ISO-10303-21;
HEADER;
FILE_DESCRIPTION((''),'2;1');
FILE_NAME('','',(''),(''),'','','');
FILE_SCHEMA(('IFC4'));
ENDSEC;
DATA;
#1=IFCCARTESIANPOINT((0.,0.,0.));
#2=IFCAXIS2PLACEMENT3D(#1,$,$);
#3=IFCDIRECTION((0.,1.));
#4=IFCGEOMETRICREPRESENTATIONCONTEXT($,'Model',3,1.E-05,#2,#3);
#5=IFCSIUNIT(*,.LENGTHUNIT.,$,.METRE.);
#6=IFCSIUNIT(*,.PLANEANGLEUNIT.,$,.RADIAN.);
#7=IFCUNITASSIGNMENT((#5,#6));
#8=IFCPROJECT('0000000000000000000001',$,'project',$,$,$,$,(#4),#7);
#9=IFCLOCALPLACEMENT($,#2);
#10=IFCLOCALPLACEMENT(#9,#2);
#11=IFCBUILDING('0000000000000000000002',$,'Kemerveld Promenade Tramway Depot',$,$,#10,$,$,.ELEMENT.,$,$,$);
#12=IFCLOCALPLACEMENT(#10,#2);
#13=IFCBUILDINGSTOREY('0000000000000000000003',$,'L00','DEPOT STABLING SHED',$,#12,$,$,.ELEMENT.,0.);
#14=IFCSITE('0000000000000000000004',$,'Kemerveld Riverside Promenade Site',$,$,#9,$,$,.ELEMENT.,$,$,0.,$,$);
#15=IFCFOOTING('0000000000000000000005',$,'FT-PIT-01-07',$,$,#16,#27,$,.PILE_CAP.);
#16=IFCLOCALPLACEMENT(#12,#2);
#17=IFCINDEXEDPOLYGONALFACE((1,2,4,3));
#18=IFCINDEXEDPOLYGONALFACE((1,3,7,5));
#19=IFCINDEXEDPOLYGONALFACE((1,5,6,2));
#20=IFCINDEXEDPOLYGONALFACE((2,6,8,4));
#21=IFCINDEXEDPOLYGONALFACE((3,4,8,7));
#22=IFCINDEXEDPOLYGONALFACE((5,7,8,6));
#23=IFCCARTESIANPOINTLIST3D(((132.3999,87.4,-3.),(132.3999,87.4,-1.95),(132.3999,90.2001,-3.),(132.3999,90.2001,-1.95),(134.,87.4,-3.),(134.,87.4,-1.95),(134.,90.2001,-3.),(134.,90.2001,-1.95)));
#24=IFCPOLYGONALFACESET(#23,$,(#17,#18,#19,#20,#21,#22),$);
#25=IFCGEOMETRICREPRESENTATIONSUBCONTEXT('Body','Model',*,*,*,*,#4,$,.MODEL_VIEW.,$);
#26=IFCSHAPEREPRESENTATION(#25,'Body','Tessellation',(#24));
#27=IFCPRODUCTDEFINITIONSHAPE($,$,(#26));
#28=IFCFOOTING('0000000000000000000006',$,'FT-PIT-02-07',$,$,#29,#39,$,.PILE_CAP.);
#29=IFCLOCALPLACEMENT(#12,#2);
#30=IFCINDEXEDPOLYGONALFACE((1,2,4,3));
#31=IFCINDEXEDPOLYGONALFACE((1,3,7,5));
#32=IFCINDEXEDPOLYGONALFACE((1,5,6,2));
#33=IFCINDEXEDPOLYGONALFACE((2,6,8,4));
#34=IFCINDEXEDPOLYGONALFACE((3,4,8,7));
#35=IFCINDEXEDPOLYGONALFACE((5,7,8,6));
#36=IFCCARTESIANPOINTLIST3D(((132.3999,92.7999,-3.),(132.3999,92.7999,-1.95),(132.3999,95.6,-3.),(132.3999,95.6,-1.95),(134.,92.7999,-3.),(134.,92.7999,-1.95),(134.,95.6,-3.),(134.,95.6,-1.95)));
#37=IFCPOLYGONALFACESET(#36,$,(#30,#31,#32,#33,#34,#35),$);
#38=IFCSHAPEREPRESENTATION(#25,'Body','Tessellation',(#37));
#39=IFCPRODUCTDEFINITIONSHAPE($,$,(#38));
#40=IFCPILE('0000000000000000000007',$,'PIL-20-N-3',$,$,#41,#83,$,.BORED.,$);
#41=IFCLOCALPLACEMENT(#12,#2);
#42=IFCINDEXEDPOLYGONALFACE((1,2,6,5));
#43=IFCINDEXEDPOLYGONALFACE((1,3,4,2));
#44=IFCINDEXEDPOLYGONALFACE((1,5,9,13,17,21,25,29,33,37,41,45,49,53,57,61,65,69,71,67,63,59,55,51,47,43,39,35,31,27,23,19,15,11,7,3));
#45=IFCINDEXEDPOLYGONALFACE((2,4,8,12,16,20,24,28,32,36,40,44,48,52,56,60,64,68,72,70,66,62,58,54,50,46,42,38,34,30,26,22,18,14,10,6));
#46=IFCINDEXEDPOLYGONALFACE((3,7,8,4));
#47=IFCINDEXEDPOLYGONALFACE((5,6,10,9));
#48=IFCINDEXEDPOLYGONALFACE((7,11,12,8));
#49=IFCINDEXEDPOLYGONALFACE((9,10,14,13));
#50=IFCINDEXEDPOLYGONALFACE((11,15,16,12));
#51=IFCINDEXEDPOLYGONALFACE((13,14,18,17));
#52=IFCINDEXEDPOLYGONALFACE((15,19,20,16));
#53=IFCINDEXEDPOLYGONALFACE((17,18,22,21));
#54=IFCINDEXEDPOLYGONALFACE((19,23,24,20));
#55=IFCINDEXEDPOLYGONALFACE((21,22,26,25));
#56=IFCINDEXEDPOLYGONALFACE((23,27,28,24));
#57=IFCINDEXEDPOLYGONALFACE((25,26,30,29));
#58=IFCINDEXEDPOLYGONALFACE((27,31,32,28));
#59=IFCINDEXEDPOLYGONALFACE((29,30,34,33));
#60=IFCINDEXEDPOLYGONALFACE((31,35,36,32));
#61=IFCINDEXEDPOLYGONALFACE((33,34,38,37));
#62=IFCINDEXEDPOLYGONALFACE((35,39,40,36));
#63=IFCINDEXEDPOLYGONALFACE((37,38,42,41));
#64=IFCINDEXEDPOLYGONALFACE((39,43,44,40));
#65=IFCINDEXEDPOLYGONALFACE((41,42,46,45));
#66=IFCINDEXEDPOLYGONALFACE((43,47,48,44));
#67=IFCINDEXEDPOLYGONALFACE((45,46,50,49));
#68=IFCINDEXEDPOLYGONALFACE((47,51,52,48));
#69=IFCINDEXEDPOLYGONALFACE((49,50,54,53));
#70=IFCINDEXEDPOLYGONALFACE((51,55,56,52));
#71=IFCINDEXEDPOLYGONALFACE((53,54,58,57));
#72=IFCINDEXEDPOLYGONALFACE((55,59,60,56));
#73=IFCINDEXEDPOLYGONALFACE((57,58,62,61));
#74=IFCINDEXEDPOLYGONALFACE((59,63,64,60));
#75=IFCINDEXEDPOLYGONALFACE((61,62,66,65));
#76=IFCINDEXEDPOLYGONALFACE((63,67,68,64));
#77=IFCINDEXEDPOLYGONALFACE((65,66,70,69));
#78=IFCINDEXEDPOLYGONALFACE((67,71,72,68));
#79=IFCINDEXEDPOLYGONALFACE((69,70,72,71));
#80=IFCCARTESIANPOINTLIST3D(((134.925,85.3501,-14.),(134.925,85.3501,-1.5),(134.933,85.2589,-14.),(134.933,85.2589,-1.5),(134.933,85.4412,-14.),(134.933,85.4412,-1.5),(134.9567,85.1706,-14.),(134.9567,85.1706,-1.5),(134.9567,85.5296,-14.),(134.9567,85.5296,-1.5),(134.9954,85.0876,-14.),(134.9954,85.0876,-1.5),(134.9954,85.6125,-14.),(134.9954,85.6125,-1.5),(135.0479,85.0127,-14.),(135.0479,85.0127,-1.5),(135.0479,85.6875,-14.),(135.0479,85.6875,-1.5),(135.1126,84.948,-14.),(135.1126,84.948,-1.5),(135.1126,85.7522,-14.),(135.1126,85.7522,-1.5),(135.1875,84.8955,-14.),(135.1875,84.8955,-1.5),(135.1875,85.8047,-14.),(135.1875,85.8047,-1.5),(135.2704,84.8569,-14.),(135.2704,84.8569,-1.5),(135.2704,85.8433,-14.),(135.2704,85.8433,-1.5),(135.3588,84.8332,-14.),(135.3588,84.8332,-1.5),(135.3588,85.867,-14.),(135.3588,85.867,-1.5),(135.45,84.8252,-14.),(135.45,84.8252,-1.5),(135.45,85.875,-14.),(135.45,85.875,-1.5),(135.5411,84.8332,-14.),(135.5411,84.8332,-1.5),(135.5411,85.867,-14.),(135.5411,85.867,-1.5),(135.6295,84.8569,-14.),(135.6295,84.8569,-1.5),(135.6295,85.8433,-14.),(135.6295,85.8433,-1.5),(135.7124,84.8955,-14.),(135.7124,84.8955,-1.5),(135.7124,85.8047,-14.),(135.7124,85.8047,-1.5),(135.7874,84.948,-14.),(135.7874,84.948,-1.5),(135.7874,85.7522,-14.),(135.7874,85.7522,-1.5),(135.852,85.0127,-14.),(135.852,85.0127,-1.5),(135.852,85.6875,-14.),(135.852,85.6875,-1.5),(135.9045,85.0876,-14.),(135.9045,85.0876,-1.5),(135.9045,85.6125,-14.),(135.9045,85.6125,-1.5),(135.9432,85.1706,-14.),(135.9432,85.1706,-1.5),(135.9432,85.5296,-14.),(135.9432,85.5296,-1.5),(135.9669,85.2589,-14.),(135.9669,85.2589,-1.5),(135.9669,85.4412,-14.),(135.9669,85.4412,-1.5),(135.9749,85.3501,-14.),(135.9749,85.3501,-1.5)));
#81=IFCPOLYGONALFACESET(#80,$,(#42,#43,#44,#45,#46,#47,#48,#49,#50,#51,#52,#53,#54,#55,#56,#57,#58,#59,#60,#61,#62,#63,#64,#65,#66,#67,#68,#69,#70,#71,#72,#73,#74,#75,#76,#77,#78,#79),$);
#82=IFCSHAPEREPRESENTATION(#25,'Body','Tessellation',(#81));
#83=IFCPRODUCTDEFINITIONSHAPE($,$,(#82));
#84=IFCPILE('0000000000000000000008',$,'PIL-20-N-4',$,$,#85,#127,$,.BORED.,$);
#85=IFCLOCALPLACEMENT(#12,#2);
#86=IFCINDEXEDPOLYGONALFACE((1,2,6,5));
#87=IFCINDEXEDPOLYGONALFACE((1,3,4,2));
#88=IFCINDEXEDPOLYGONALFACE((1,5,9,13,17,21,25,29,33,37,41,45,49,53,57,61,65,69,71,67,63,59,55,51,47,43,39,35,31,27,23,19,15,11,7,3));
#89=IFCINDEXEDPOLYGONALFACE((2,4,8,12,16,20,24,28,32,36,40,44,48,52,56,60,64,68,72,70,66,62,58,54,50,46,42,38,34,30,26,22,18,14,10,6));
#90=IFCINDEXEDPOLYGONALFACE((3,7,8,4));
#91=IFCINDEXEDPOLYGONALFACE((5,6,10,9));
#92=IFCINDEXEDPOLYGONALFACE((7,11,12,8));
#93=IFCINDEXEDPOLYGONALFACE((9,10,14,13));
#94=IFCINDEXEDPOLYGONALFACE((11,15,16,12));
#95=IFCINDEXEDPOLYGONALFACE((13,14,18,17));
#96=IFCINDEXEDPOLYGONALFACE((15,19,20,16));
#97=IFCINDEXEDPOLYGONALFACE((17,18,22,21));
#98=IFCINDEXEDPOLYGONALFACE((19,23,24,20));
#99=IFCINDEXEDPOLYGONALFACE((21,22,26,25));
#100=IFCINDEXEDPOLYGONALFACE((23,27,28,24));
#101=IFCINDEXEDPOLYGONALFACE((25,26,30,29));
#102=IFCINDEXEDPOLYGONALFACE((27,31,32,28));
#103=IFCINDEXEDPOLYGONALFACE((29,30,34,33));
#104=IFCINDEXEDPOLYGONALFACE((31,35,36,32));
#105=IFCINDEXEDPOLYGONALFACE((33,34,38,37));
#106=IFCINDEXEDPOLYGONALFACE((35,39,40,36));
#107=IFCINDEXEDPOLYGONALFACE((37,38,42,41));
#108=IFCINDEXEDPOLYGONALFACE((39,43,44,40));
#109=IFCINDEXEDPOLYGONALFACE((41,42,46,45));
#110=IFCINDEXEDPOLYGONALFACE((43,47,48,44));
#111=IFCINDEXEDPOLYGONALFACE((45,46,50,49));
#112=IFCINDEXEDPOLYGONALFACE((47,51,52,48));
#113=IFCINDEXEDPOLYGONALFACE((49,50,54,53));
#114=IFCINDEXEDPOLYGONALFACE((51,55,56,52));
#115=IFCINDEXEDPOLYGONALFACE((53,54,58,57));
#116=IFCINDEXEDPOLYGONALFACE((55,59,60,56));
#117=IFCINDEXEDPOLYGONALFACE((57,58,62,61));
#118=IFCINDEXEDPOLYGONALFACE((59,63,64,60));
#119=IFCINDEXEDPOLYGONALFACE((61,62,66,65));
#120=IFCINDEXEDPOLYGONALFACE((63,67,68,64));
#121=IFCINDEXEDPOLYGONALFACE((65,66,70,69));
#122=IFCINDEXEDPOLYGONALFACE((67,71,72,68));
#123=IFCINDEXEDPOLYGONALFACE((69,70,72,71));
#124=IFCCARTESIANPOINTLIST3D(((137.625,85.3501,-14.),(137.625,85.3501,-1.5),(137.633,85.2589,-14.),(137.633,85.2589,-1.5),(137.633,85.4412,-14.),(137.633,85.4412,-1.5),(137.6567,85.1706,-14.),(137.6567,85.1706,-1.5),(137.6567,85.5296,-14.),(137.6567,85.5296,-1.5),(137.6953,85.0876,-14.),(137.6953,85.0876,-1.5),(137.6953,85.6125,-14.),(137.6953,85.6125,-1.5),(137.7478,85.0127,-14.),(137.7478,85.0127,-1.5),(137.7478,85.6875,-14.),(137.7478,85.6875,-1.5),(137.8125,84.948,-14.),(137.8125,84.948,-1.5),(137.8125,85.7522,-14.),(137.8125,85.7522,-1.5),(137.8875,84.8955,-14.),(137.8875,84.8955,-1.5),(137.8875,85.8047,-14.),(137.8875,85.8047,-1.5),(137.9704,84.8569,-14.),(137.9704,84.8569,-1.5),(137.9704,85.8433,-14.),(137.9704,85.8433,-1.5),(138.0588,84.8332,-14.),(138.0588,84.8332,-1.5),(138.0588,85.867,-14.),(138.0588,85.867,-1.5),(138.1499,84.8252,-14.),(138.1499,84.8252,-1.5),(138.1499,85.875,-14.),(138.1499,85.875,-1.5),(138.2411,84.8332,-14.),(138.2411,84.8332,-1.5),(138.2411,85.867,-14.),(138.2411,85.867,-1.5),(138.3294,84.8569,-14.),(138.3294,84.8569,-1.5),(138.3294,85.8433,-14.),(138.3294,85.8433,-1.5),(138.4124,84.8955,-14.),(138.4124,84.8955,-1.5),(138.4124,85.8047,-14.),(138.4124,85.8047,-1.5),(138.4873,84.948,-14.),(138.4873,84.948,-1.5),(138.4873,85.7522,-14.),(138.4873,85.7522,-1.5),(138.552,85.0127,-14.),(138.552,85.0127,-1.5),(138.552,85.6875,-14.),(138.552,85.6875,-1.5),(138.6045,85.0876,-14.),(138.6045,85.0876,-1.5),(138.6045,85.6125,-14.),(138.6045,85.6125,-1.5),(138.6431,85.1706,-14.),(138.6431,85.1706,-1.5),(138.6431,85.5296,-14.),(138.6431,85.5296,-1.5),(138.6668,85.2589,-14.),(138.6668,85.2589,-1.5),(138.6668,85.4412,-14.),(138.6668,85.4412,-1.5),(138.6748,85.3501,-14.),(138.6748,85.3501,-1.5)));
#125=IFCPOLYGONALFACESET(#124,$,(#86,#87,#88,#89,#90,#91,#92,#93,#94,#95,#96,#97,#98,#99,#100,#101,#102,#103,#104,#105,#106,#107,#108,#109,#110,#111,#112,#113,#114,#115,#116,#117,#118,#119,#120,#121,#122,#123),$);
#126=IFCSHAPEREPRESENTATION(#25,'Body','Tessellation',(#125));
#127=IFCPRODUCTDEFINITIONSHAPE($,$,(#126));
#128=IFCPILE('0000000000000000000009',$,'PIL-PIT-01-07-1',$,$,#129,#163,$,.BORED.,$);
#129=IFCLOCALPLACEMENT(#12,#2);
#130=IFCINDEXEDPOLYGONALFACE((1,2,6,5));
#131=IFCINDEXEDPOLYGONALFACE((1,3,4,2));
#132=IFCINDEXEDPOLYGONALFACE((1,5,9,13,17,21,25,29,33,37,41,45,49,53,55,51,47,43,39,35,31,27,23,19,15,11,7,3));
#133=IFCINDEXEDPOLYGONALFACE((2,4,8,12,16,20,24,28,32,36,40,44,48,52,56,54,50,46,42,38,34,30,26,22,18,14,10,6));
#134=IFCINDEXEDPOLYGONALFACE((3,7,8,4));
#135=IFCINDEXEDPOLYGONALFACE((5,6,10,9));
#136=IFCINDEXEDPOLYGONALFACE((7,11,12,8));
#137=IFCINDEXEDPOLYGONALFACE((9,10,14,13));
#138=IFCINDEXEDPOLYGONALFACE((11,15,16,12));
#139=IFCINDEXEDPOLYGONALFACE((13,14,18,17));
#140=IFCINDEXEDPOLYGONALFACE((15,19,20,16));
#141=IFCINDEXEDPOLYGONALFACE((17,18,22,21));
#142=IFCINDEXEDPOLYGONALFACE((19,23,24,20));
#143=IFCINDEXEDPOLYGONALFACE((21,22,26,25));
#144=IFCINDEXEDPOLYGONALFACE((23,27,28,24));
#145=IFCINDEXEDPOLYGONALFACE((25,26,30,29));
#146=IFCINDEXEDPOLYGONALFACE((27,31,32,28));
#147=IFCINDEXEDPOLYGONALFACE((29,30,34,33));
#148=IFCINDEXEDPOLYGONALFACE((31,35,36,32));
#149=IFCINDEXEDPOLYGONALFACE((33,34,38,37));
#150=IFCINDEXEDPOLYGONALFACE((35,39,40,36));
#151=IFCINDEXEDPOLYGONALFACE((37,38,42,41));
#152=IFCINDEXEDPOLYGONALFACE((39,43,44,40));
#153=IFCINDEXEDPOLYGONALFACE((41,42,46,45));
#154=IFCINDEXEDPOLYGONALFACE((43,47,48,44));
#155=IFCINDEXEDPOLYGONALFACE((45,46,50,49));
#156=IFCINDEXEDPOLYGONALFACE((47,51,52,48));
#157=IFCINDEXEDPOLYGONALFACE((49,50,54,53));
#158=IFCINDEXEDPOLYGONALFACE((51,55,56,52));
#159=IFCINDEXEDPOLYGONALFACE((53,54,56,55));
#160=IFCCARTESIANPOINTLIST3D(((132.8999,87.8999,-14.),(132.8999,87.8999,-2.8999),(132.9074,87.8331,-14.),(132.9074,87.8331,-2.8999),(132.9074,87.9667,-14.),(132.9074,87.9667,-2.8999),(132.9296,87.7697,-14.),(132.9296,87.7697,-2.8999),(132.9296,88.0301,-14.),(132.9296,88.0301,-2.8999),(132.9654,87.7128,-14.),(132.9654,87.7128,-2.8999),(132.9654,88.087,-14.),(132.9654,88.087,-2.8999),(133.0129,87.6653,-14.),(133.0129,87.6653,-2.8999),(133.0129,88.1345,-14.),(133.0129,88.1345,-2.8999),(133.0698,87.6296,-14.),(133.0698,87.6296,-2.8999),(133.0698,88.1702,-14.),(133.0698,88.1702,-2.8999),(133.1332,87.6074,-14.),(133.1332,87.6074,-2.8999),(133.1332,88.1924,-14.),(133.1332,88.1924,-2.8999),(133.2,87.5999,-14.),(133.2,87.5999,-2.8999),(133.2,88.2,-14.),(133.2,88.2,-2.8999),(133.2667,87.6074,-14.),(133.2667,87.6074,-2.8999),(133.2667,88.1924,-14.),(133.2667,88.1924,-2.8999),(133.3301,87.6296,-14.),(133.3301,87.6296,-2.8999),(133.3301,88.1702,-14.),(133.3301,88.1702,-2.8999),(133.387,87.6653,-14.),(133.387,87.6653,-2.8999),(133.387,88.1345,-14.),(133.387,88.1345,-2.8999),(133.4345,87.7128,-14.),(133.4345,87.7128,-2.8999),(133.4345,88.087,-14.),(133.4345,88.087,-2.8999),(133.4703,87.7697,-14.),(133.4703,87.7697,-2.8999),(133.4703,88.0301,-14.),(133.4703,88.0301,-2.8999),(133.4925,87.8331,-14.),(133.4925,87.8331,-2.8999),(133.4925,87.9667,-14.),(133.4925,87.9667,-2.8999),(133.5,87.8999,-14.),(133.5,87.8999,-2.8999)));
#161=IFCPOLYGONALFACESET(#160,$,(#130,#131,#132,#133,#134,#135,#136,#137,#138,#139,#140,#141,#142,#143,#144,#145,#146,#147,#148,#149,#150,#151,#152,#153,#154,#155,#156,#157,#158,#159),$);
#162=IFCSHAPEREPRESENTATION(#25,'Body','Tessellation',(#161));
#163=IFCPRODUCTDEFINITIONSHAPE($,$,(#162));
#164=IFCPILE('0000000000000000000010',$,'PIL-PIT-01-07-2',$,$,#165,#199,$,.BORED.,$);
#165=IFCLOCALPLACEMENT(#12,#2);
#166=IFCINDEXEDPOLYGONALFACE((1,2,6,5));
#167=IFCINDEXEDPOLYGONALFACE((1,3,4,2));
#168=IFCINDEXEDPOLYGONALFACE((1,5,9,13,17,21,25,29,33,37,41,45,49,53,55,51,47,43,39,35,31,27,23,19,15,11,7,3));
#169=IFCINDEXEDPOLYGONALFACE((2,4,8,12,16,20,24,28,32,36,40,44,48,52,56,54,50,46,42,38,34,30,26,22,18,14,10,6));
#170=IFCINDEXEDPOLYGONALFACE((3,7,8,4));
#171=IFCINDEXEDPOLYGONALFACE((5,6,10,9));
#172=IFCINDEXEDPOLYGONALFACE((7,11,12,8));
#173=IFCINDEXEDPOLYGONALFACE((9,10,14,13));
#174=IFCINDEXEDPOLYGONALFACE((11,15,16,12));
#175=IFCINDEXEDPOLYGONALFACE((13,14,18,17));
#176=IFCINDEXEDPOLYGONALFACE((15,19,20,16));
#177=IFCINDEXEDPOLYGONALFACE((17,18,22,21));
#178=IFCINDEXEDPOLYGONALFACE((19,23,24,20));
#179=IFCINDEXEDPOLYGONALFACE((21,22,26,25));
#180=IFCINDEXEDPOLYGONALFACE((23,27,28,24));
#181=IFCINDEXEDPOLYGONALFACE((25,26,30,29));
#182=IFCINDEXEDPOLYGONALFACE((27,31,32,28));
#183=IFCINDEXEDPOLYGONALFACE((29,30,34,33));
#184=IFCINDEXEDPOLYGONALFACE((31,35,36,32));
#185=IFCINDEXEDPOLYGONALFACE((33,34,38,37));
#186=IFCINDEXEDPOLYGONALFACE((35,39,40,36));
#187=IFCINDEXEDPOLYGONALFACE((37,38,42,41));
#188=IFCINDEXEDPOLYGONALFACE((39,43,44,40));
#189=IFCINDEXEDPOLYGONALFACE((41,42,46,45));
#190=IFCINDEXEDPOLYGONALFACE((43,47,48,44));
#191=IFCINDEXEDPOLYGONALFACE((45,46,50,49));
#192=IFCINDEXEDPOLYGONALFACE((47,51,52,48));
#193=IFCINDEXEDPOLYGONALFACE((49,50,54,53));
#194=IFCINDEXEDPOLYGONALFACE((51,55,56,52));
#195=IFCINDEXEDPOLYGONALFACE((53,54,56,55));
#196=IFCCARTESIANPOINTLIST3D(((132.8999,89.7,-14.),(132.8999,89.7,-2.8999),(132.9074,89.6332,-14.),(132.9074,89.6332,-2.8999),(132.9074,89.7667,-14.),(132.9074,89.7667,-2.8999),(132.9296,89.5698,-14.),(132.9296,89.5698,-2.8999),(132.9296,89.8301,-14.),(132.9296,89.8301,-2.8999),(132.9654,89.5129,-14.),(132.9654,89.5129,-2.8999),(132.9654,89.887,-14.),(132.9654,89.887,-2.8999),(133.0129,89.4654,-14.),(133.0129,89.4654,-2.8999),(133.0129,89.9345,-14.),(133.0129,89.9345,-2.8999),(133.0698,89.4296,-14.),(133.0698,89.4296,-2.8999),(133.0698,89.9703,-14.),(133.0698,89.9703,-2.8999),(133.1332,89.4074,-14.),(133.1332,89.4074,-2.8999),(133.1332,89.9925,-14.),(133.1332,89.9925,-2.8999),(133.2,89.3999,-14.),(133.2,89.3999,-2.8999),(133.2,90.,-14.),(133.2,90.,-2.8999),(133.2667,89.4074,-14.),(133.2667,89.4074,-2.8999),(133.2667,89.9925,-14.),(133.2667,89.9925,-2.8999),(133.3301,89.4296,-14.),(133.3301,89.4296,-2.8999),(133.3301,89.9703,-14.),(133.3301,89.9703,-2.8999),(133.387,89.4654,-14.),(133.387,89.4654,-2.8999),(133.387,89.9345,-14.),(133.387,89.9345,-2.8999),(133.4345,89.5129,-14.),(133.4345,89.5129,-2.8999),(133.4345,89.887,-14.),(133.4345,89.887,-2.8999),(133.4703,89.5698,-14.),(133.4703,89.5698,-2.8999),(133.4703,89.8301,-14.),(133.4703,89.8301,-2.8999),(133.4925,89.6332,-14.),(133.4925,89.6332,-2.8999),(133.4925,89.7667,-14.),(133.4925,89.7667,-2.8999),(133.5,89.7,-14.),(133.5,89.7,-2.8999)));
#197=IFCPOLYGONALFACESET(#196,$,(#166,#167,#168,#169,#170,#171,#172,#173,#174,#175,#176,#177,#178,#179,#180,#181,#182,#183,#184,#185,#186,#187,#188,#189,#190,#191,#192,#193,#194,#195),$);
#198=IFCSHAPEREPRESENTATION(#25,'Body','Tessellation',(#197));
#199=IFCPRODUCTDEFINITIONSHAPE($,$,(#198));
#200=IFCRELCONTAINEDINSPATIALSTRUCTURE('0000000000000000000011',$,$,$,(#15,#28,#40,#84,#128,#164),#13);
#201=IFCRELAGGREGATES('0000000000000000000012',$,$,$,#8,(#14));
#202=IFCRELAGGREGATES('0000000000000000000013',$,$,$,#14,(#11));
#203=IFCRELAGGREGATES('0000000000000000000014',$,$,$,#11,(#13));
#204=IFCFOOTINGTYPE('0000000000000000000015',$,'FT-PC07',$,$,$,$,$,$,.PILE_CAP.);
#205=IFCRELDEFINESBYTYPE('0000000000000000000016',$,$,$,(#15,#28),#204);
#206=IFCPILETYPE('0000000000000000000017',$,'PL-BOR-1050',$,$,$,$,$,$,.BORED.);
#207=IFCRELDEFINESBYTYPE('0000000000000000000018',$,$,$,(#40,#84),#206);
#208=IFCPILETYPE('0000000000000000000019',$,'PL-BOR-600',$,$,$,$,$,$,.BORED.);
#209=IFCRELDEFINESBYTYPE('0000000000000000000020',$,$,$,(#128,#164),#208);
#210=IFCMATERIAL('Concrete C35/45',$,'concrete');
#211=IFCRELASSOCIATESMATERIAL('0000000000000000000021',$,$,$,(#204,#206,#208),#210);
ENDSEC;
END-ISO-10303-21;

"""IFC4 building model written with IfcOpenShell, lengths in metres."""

from ifc_helpers import new_model, si_unit, direction, frame, origin, origin_2d, place, context, subcontext, project, spatial, rectangle, circle, extrude, material, material_profile, profile_set, type_object, element, save


model = new_model("IFC4")

# Units and contexts
model_context = context("Model", 3, precision=1e-05, world=origin(), true_north=direction((0.0, 1.0)))
body_context = subcontext(model_context, "Body", "Model", "MODEL_VIEW")
ifc_project = project(units=[si_unit("LENGTHUNIT", "METRE"), si_unit("PLANEANGLEUNIT", "RADIAN")], contexts=[model_context])

# Site, building, storey
site_placement = place(None, origin())
site = spatial("IfcSite", under=ifc_project, at=site_placement, Name="Kemerveld Riverside Promenade Site", CompositionType="ELEMENT", RefElevation=0.0)
building_placement = place(site_placement, origin())
building = spatial("IfcBuilding", under=site, at=building_placement, Name="Kemerveld Promenade Tramway Depot", CompositionType="ELEMENT")
storey_placement = place(building_placement, origin())
storey = spatial("IfcBuildingStorey", under=building, at=storey_placement, Name="L00", Description="DEPOT STABLING SHED", CompositionType="ELEMENT", Elevation=0.0)

# Footings
ifc_material_1 = material(Name="Concrete C35/45", Category="concrete")
footing_type = type_object("IfcFootingType", Name="FT-PC07", PredefinedType="PILE_CAP", material=ifc_material_1)
for number, where, z_axis, x_axis, name in (
    (1, (133.2, 88.8, -3.0), (0.0, 0.0, 1.0), (1.0, 0.0, 0.0), "FT-PIT-01-07"),
    (2, (133.2, 94.2, -3.0), (0.0, 0.0, 1.0), (1.0, 0.0, 0.0), "FT-PIT-02-07"),
):
    element("IfcFooting", number, at=place(storey_placement, frame(where, z_axis=z_axis, x_axis=x_axis)), inside=storey, type_object=footing_type, Name=name, PredefinedType="PILE_CAP", context=body_context, shape_type="SweptSolid", body=[
        extrude(rectangle(XDim=1.6001, YDim=2.8, at=origin_2d()), origin(), (0.0, 0.0, 1.0), 1.05),
    ])

# Piles
ifc_material_profile_1 = material_profile(ifc_material_1, circle(Radius=0.5249, at=origin_2d()), Name="PILE-D1050")
ifc_profile_set_1 = profile_set([ifc_material_profile_1], Name="Concrete C35/45")
pile_type_1 = type_object("IfcPileType", Name="PL-BOR-1050", PredefinedType="BORED", material=ifc_profile_set_1)
for number, where, z_axis, x_axis, name in (
    (3, (135.45, 85.3501, -1.5), (0.0, 0.0, -1.0), (1.0, 0.0, 0.0), "PIL-20-N-3"),
    (4, (138.1499, 85.3501, -1.5), (0.0, 0.0, -1.0), (1.0, 0.0, 0.0), "PIL-20-N-4"),
):
    element("IfcPile", number, at=place(storey_placement, frame(where, z_axis=z_axis, x_axis=x_axis)), inside=storey, type_object=pile_type_1, Name=name, PredefinedType="BORED", context=body_context, shape_type="SweptSolid", body=[
        extrude(circle(Radius=0.5249, at=origin_2d()), origin(), (0.0, 0.0, 1.0), 12.5),
    ])
ifc_material_profile_2 = material_profile(ifc_material_1, circle(Radius=0.3, at=origin_2d()), Name="PILE-D600")
ifc_profile_set_2 = profile_set([ifc_material_profile_2], Name="Concrete C35/45")
pile_type_2 = type_object("IfcPileType", Name="PL-BOR-600", PredefinedType="BORED", material=ifc_profile_set_2)
for number, where, z_axis, x_axis, name in (
    (5, (133.2, 87.8999, -2.8999), (0.0, 0.0, -1.0), (1.0, 0.0, 0.0), "PIL-PIT-01-07-1"),
    (6, (133.2, 89.7, -2.8999), (0.0, 0.0, -1.0), (1.0, 0.0, 0.0), "PIL-PIT-01-07-2"),
):
    element("IfcPile", number, at=place(storey_placement, frame(where, z_axis=z_axis, x_axis=x_axis)), inside=storey, type_object=pile_type_2, Name=name, PredefinedType="BORED", context=body_context, shape_type="SweptSolid", body=[
        extrude(circle(Radius=0.3, at=origin_2d()), origin(), (0.0, 0.0, 1.0), 11.1001),
    ])

save(model, "model.ifc")
